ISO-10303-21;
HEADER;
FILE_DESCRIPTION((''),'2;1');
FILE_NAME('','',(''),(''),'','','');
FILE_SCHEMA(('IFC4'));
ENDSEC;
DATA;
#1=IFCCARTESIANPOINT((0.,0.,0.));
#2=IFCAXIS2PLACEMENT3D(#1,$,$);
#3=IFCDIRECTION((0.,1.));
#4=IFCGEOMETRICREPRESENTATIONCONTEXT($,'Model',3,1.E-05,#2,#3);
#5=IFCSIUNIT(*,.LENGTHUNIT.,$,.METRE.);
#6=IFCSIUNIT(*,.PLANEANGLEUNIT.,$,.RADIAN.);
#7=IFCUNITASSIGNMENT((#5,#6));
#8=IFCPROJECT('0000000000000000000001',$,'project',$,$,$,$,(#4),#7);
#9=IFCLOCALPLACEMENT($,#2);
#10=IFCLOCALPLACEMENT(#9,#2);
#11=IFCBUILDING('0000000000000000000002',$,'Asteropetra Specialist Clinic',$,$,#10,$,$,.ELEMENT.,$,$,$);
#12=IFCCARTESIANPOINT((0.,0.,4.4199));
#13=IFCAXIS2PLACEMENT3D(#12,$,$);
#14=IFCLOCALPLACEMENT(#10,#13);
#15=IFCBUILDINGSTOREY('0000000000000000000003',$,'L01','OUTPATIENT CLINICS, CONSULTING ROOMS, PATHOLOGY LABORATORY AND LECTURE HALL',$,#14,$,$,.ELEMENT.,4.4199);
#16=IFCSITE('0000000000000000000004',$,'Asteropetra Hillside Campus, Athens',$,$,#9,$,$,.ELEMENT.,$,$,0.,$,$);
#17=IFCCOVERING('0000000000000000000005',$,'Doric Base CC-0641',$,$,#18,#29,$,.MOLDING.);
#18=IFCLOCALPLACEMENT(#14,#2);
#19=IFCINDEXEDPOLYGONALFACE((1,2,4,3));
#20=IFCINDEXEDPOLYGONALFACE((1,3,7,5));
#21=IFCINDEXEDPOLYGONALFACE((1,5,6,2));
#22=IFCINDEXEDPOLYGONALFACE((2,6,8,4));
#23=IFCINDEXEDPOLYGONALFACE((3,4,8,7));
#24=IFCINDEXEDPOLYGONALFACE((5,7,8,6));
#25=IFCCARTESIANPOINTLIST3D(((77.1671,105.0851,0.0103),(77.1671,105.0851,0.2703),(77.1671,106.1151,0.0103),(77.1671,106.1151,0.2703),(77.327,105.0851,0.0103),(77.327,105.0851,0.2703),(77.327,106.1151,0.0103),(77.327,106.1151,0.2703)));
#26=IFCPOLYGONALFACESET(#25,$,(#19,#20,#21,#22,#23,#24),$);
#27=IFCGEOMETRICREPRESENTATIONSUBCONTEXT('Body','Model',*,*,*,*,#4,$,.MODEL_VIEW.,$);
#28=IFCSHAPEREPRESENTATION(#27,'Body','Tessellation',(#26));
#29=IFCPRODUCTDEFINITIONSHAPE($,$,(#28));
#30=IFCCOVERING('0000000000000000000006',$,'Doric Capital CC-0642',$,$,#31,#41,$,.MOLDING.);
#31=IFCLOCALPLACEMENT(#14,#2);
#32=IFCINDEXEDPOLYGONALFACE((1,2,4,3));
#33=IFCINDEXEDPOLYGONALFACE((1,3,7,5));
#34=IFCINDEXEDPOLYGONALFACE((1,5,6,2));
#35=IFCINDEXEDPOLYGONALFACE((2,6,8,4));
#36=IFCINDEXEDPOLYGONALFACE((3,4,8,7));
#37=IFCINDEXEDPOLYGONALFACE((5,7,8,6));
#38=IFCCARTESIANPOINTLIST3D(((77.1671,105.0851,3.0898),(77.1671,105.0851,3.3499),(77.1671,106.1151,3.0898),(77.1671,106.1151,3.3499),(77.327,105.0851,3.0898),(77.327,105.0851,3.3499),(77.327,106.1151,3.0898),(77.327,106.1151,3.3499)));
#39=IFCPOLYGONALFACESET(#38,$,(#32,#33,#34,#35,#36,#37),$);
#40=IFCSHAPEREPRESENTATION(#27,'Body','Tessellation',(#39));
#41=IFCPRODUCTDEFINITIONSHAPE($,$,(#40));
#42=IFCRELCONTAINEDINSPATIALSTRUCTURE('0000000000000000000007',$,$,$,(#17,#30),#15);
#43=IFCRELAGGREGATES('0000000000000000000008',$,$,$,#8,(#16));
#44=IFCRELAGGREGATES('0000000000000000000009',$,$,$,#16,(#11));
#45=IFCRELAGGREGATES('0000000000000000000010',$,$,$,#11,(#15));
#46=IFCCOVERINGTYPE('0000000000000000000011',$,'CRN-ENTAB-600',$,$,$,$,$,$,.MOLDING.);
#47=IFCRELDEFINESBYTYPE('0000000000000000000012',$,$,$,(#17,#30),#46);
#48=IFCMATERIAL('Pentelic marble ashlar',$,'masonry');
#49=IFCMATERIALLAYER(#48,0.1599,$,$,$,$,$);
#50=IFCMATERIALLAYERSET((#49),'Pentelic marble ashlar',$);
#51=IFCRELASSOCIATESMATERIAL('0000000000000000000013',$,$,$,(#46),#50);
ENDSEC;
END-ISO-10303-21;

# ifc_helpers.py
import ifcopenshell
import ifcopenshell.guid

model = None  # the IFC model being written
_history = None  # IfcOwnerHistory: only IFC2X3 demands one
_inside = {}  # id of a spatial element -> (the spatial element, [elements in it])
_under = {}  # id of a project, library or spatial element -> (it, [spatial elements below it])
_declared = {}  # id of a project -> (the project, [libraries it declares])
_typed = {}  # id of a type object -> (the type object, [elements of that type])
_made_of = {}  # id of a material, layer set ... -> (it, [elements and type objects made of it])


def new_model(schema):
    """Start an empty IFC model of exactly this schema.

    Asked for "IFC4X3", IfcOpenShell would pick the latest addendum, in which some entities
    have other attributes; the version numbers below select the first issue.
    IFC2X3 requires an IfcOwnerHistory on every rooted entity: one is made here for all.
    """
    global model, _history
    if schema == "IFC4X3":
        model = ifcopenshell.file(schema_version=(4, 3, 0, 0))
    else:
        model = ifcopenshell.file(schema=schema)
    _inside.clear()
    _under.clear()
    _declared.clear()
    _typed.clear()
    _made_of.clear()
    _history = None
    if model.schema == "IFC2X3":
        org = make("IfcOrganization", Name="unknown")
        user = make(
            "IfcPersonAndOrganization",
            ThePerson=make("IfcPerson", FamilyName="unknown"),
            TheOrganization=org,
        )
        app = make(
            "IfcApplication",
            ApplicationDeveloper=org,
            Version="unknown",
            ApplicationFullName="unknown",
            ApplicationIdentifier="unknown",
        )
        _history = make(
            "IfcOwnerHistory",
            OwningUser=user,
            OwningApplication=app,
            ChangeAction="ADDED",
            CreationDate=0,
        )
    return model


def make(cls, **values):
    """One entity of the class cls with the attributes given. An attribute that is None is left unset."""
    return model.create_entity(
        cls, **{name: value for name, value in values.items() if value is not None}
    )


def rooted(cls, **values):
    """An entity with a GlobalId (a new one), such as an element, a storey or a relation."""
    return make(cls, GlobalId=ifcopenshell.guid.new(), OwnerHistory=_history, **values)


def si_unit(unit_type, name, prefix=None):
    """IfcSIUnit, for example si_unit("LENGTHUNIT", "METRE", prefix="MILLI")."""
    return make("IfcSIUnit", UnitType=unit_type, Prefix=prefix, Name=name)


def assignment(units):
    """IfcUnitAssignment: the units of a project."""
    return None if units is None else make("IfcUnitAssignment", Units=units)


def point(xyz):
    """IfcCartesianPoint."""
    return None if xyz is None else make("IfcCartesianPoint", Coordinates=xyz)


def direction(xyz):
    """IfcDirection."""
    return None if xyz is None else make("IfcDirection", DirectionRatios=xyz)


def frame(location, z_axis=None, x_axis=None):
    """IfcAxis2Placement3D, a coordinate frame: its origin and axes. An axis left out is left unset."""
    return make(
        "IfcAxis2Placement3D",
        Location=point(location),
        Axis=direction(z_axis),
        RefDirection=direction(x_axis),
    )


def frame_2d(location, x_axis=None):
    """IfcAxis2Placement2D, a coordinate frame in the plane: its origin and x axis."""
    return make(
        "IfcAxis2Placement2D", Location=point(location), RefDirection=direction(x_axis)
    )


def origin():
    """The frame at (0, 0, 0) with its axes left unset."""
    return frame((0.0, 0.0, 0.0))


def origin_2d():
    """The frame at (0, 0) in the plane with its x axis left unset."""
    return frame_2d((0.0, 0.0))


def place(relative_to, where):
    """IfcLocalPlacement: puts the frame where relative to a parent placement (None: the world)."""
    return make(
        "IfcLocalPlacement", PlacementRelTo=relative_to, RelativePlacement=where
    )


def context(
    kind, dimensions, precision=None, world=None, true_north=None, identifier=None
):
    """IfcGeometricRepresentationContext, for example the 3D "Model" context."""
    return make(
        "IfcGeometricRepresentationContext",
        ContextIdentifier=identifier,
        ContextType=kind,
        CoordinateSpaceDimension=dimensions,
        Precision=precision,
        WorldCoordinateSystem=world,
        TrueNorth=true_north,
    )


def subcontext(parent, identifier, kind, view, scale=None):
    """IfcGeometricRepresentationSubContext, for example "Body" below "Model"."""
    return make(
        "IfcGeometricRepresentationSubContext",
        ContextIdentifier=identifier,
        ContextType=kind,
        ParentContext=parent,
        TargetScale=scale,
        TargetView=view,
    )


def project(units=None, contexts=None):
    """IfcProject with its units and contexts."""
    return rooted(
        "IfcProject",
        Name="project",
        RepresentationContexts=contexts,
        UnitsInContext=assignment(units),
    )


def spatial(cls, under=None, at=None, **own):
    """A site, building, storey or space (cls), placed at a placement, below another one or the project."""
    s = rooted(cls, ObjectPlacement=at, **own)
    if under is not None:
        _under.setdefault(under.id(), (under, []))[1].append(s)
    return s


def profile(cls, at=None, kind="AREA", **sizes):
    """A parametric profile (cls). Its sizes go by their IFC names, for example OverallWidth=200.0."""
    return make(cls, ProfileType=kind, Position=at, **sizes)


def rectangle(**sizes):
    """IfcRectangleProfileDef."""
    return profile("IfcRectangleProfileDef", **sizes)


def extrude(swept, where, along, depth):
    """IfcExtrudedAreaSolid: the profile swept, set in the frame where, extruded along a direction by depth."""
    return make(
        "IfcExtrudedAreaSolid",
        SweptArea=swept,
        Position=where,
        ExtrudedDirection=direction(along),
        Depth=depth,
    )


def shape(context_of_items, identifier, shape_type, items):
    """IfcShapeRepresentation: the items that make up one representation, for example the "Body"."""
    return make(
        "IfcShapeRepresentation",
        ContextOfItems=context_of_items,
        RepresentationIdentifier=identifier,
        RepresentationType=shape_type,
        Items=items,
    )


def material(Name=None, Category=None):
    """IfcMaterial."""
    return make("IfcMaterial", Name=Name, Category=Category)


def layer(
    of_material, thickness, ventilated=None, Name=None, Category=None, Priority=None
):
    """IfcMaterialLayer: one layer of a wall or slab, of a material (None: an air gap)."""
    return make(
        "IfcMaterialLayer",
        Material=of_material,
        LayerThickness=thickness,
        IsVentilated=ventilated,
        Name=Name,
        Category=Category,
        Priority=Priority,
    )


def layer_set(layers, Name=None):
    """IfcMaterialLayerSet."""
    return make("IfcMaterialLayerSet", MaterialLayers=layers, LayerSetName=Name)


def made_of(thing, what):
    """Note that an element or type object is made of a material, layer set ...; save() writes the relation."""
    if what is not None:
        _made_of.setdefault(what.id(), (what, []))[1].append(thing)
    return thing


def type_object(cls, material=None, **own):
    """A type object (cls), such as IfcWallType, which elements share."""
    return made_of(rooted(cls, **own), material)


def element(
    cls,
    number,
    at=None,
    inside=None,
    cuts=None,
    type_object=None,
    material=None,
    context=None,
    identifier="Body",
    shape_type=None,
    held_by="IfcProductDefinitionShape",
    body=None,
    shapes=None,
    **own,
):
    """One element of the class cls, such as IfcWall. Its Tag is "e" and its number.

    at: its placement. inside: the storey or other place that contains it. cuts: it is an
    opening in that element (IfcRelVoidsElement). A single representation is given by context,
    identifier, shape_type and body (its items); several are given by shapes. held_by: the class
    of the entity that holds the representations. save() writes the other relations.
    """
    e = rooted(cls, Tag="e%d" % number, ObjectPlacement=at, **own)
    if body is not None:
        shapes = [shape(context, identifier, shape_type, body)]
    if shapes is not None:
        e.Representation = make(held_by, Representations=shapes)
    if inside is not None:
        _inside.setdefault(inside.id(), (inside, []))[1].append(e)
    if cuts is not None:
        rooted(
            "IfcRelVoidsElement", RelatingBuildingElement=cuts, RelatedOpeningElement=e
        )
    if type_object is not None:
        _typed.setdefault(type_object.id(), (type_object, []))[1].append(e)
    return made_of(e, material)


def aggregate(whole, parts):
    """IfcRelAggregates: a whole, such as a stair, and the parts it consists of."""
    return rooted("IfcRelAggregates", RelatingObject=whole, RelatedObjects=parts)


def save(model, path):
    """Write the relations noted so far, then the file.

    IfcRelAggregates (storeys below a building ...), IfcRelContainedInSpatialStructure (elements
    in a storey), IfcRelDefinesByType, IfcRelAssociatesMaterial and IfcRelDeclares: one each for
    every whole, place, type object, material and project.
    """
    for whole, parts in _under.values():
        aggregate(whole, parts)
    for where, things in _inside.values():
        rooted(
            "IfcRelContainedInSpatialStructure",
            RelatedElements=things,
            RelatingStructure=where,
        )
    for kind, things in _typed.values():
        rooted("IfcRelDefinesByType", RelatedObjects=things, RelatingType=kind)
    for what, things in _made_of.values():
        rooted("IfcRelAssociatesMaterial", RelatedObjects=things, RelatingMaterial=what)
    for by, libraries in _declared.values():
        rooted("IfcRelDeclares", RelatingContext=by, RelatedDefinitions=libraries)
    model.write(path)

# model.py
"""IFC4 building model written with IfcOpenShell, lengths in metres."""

from ifc_helpers import new_model, si_unit, direction, frame, origin, origin_2d, place, context, subcontext, project, spatial, rectangle, extrude, material, layer, layer_set, type_object, element, save


model = new_model("IFC4")

# Units and contexts
model_context = context("Model", 3, precision=1e-05, world=origin(), true_north=direction((0.0, 1.0)))
body_context = subcontext(model_context, "Body", "Model", "MODEL_VIEW")
ifc_project = project(units=[si_unit("LENGTHUNIT", "METRE"), si_unit("PLANEANGLEUNIT", "RADIAN")], contexts=[model_context])

# Site, building, storey
site_placement = place(None, origin())
site = spatial("IfcSite", under=ifc_project, at=site_placement, Name="Asteropetra Hillside Campus, Athens", CompositionType="ELEMENT", RefElevation=0.0)
building_placement = place(site_placement, origin())
building = spatial("IfcBuilding", under=site, at=building_placement, Name="Asteropetra Specialist Clinic", CompositionType="ELEMENT")
storey_placement = place(building_placement, frame((0.0, 0.0, 4.4199)))
storey = spatial("IfcBuildingStorey", under=building, at=storey_placement, Name="L01", Description="OUTPATIENT CLINICS, CONSULTING ROOMS, PATHOLOGY LABORATORY AND LECTURE HALL", CompositionType="ELEMENT", Elevation=4.4199)

# Coverings
ifc_material_1 = material(Name="Pentelic marble ashlar", Category="masonry")
ifc_layer_1 = layer(ifc_material_1, 0.1599)
ifc_layer_set_1 = layer_set([ifc_layer_1], Name="Pentelic marble ashlar")
covering_type = type_object("IfcCoveringType", Name="CRN-ENTAB-600", PredefinedType="MOLDING", material=ifc_layer_set_1)
for number, where, z_axis, x_axis, name in (
    (1, (77.2471, 105.6001, 0.0103), (0.0, 0.0, 1.0), (1.0, 0.0, 0.0), "Doric Base CC-0641"),
    (2, (77.2471, 105.6001, 3.0898), (0.0, 0.0, 1.0), (1.0, 0.0, 0.0), "Doric Capital CC-0642"),
):
    element("IfcCovering", number, at=place(storey_placement, frame(where, z_axis=z_axis, x_axis=x_axis)), inside=storey, type_object=covering_type, Name=name, PredefinedType="MOLDING", context=body_context, shape_type="SweptSolid", body=[
        extrude(rectangle(XDim=0.1599, YDim=1.03, at=origin_2d()), origin(), (0.0, 0.0, 1.0), 0.26),
    ])

save(model, "model.ifc")
